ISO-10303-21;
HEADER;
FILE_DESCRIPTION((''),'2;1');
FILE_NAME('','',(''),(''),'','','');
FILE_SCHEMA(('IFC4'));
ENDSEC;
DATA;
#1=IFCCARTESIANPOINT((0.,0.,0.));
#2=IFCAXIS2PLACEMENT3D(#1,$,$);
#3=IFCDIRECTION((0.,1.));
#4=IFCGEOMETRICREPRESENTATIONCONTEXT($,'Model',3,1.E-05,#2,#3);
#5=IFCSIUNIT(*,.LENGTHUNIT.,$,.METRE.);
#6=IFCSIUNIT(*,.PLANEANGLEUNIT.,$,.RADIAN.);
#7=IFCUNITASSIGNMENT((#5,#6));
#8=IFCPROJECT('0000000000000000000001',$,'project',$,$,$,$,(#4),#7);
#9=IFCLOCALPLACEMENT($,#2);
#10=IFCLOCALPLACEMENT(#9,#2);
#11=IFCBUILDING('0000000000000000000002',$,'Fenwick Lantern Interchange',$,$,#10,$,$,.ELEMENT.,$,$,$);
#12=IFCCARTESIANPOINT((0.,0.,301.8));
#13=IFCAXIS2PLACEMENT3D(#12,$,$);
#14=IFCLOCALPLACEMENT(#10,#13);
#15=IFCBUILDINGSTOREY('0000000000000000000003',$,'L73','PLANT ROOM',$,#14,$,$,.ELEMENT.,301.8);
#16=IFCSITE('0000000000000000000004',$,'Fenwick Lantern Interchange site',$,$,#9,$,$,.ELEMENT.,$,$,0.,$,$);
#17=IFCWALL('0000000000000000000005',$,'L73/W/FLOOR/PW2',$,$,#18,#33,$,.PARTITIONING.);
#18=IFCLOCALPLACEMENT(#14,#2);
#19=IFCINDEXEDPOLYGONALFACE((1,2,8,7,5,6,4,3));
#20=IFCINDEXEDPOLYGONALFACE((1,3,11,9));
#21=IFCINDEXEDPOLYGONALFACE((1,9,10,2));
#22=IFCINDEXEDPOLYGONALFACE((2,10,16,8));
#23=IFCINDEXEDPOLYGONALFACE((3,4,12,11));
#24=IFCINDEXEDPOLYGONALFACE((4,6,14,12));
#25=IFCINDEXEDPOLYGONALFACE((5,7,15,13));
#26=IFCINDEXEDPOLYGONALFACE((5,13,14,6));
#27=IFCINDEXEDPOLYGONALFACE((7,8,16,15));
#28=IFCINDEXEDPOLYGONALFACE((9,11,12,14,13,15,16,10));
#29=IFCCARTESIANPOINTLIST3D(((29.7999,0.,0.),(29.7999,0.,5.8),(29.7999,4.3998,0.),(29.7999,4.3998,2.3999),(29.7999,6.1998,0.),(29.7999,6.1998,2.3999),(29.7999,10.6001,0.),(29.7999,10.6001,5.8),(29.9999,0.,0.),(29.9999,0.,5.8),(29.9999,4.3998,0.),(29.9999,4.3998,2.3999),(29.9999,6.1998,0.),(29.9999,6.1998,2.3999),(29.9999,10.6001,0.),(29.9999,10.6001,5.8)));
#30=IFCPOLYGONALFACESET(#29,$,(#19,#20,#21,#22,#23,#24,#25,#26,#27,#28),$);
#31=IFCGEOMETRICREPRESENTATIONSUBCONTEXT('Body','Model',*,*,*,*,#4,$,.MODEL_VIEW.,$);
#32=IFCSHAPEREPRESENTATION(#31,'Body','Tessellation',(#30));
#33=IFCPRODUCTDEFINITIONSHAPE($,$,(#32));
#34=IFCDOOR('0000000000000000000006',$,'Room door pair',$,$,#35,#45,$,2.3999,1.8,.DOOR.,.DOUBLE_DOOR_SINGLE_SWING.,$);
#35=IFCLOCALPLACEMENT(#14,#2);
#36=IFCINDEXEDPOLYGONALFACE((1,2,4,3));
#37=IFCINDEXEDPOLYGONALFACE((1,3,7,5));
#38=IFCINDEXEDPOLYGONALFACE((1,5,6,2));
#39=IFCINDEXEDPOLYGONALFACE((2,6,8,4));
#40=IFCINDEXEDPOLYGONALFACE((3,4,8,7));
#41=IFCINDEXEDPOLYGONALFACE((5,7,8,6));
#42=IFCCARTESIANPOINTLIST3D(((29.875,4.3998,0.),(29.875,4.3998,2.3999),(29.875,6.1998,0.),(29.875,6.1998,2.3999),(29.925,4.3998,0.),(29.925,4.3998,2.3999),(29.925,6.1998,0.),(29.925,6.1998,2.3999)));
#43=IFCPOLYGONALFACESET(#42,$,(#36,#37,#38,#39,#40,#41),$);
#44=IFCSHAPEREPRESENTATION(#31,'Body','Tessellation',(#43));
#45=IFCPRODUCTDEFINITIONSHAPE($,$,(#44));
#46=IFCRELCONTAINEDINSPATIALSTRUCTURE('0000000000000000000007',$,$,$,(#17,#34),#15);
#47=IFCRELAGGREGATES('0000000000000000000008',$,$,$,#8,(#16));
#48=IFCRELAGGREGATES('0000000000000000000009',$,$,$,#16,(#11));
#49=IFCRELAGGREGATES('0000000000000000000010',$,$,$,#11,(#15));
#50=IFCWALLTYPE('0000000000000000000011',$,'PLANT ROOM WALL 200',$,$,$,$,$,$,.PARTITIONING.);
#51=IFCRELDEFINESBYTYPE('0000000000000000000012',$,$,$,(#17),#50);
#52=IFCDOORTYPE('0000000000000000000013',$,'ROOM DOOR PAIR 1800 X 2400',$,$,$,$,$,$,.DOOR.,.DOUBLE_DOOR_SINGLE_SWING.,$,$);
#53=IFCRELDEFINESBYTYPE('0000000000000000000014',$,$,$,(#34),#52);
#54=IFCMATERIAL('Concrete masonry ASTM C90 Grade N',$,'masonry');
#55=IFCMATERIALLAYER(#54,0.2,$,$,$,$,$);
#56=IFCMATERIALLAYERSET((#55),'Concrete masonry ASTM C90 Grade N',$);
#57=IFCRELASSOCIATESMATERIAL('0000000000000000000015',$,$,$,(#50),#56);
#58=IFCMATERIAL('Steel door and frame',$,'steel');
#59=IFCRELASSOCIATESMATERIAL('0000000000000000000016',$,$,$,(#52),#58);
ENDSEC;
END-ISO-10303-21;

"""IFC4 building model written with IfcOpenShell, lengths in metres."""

from ifc_helpers import new_model, si_unit, direction, frame, frame_2d, origin, place, context, subcontext, project, spatial, rectangle, extrude, material, layer, layer_set, type_object, element, fill, save


model = new_model("IFC4")

# Units and contexts
model_context = context("Model", 3, precision=1e-05, world=origin(), true_north=direction((0.0, 1.0)))
body_context = subcontext(model_context, "Body", "Model", "MODEL_VIEW")
ifc_project = project(units=[si_unit("LENGTHUNIT", "METRE"), si_unit("PLANEANGLEUNIT", "RADIAN")], contexts=[model_context])

# Site, building, storey
site_placement = place(None, origin())
site = spatial("IfcSite", under=ifc_project, at=site_placement, Name="Fenwick Lantern Interchange site", CompositionType="ELEMENT", RefElevation=0.0)
building_placement = place(site_placement, origin())
building = spatial("IfcBuilding", under=site, at=building_placement, Name="Fenwick Lantern Interchange", CompositionType="ELEMENT")
storey_placement = place(building_placement, frame((0.0, 0.0, 301.8)))
storey = spatial("IfcBuildingStorey", under=building, at=storey_placement, Name="L73", Description="PLANT ROOM", CompositionType="ELEMENT", Elevation=301.8)

# Wall, opening, door
ifc_material_1 = material(Name="Concrete masonry ASTM C90 Grade N", Category="masonry")
ifc_layer_1 = layer(ifc_material_1, 0.2)
ifc_layer_set_1 = layer_set([ifc_layer_1], Name="Concrete masonry ASTM C90 Grade N")
wall_type_1 = type_object("IfcWallType", Name="PLANT ROOM WALL 200", PredefinedType="PARTITIONING", material=ifc_layer_set_1)
wall_1_placement = place(storey_placement, frame((29.8999, 0.0, 0.0), z_axis=(0.0, 0.0, 1.0), x_axis=(0.0, 1.0, 0.0)))
wall_1 = element("IfcWall", 1, at=wall_1_placement, inside=storey, type_object=wall_type_1, Name="L73/W/FLOOR/PW2", PredefinedType="PARTITIONING", context=body_context, shape_type="SweptSolid", body=[
    extrude(rectangle(XDim=10.6001, YDim=0.2, at=frame_2d((5.3, 0.0))), origin(), (0.0, 0.0, 1.0), 5.8),
])
opening_placement = place(wall_1_placement, frame((4.3999, 0.0, 0.0)))
opening = element("IfcOpeningElement", 2, at=opening_placement, cuts=wall_1, PredefinedType="OPENING", context=body_context, shape_type="SweptSolid", body=[
    extrude(rectangle(XDim=1.8, YDim=2.3999, at=frame_2d((0.8999, 1.2))), frame((0.0, 0.1099, 0.0), z_axis=(0.0, -1.0, 0.0), x_axis=(1.0, 0.0, 0.0)), (0.0, 0.0, 1.0), 0.22),
])
ifc_material_2 = material(Name="Steel door and frame", Category="steel")
door_type = type_object("IfcDoorType", Name="ROOM DOOR PAIR 1800 X 2400", OperationType="DOUBLE_DOOR_SINGLE_SWING", PredefinedType="DOOR", material=ifc_material_2)
door_placement = place(opening_placement, origin())
door = element("IfcDoor", 3, at=door_placement, inside=storey, type_object=door_type, Name="Room door pair", OperationType="DOUBLE_DOOR_SINGLE_SWING", OverallHeight=2.3999, OverallWidth=1.8, PredefinedType="DOOR", context=body_context, shape_type="SweptSolid", body=[
    extrude(rectangle(XDim=1.8, YDim=2.3999, at=frame_2d((0.8999, 1.2))), frame((0.0, 0.0249, 0.0), z_axis=(0.0, -1.0, 0.0), x_axis=(1.0, 0.0, 0.0)), (0.0, 0.0, 1.0), 0.05),
])
fill(opening, door)

save(model, "model.ifc")
